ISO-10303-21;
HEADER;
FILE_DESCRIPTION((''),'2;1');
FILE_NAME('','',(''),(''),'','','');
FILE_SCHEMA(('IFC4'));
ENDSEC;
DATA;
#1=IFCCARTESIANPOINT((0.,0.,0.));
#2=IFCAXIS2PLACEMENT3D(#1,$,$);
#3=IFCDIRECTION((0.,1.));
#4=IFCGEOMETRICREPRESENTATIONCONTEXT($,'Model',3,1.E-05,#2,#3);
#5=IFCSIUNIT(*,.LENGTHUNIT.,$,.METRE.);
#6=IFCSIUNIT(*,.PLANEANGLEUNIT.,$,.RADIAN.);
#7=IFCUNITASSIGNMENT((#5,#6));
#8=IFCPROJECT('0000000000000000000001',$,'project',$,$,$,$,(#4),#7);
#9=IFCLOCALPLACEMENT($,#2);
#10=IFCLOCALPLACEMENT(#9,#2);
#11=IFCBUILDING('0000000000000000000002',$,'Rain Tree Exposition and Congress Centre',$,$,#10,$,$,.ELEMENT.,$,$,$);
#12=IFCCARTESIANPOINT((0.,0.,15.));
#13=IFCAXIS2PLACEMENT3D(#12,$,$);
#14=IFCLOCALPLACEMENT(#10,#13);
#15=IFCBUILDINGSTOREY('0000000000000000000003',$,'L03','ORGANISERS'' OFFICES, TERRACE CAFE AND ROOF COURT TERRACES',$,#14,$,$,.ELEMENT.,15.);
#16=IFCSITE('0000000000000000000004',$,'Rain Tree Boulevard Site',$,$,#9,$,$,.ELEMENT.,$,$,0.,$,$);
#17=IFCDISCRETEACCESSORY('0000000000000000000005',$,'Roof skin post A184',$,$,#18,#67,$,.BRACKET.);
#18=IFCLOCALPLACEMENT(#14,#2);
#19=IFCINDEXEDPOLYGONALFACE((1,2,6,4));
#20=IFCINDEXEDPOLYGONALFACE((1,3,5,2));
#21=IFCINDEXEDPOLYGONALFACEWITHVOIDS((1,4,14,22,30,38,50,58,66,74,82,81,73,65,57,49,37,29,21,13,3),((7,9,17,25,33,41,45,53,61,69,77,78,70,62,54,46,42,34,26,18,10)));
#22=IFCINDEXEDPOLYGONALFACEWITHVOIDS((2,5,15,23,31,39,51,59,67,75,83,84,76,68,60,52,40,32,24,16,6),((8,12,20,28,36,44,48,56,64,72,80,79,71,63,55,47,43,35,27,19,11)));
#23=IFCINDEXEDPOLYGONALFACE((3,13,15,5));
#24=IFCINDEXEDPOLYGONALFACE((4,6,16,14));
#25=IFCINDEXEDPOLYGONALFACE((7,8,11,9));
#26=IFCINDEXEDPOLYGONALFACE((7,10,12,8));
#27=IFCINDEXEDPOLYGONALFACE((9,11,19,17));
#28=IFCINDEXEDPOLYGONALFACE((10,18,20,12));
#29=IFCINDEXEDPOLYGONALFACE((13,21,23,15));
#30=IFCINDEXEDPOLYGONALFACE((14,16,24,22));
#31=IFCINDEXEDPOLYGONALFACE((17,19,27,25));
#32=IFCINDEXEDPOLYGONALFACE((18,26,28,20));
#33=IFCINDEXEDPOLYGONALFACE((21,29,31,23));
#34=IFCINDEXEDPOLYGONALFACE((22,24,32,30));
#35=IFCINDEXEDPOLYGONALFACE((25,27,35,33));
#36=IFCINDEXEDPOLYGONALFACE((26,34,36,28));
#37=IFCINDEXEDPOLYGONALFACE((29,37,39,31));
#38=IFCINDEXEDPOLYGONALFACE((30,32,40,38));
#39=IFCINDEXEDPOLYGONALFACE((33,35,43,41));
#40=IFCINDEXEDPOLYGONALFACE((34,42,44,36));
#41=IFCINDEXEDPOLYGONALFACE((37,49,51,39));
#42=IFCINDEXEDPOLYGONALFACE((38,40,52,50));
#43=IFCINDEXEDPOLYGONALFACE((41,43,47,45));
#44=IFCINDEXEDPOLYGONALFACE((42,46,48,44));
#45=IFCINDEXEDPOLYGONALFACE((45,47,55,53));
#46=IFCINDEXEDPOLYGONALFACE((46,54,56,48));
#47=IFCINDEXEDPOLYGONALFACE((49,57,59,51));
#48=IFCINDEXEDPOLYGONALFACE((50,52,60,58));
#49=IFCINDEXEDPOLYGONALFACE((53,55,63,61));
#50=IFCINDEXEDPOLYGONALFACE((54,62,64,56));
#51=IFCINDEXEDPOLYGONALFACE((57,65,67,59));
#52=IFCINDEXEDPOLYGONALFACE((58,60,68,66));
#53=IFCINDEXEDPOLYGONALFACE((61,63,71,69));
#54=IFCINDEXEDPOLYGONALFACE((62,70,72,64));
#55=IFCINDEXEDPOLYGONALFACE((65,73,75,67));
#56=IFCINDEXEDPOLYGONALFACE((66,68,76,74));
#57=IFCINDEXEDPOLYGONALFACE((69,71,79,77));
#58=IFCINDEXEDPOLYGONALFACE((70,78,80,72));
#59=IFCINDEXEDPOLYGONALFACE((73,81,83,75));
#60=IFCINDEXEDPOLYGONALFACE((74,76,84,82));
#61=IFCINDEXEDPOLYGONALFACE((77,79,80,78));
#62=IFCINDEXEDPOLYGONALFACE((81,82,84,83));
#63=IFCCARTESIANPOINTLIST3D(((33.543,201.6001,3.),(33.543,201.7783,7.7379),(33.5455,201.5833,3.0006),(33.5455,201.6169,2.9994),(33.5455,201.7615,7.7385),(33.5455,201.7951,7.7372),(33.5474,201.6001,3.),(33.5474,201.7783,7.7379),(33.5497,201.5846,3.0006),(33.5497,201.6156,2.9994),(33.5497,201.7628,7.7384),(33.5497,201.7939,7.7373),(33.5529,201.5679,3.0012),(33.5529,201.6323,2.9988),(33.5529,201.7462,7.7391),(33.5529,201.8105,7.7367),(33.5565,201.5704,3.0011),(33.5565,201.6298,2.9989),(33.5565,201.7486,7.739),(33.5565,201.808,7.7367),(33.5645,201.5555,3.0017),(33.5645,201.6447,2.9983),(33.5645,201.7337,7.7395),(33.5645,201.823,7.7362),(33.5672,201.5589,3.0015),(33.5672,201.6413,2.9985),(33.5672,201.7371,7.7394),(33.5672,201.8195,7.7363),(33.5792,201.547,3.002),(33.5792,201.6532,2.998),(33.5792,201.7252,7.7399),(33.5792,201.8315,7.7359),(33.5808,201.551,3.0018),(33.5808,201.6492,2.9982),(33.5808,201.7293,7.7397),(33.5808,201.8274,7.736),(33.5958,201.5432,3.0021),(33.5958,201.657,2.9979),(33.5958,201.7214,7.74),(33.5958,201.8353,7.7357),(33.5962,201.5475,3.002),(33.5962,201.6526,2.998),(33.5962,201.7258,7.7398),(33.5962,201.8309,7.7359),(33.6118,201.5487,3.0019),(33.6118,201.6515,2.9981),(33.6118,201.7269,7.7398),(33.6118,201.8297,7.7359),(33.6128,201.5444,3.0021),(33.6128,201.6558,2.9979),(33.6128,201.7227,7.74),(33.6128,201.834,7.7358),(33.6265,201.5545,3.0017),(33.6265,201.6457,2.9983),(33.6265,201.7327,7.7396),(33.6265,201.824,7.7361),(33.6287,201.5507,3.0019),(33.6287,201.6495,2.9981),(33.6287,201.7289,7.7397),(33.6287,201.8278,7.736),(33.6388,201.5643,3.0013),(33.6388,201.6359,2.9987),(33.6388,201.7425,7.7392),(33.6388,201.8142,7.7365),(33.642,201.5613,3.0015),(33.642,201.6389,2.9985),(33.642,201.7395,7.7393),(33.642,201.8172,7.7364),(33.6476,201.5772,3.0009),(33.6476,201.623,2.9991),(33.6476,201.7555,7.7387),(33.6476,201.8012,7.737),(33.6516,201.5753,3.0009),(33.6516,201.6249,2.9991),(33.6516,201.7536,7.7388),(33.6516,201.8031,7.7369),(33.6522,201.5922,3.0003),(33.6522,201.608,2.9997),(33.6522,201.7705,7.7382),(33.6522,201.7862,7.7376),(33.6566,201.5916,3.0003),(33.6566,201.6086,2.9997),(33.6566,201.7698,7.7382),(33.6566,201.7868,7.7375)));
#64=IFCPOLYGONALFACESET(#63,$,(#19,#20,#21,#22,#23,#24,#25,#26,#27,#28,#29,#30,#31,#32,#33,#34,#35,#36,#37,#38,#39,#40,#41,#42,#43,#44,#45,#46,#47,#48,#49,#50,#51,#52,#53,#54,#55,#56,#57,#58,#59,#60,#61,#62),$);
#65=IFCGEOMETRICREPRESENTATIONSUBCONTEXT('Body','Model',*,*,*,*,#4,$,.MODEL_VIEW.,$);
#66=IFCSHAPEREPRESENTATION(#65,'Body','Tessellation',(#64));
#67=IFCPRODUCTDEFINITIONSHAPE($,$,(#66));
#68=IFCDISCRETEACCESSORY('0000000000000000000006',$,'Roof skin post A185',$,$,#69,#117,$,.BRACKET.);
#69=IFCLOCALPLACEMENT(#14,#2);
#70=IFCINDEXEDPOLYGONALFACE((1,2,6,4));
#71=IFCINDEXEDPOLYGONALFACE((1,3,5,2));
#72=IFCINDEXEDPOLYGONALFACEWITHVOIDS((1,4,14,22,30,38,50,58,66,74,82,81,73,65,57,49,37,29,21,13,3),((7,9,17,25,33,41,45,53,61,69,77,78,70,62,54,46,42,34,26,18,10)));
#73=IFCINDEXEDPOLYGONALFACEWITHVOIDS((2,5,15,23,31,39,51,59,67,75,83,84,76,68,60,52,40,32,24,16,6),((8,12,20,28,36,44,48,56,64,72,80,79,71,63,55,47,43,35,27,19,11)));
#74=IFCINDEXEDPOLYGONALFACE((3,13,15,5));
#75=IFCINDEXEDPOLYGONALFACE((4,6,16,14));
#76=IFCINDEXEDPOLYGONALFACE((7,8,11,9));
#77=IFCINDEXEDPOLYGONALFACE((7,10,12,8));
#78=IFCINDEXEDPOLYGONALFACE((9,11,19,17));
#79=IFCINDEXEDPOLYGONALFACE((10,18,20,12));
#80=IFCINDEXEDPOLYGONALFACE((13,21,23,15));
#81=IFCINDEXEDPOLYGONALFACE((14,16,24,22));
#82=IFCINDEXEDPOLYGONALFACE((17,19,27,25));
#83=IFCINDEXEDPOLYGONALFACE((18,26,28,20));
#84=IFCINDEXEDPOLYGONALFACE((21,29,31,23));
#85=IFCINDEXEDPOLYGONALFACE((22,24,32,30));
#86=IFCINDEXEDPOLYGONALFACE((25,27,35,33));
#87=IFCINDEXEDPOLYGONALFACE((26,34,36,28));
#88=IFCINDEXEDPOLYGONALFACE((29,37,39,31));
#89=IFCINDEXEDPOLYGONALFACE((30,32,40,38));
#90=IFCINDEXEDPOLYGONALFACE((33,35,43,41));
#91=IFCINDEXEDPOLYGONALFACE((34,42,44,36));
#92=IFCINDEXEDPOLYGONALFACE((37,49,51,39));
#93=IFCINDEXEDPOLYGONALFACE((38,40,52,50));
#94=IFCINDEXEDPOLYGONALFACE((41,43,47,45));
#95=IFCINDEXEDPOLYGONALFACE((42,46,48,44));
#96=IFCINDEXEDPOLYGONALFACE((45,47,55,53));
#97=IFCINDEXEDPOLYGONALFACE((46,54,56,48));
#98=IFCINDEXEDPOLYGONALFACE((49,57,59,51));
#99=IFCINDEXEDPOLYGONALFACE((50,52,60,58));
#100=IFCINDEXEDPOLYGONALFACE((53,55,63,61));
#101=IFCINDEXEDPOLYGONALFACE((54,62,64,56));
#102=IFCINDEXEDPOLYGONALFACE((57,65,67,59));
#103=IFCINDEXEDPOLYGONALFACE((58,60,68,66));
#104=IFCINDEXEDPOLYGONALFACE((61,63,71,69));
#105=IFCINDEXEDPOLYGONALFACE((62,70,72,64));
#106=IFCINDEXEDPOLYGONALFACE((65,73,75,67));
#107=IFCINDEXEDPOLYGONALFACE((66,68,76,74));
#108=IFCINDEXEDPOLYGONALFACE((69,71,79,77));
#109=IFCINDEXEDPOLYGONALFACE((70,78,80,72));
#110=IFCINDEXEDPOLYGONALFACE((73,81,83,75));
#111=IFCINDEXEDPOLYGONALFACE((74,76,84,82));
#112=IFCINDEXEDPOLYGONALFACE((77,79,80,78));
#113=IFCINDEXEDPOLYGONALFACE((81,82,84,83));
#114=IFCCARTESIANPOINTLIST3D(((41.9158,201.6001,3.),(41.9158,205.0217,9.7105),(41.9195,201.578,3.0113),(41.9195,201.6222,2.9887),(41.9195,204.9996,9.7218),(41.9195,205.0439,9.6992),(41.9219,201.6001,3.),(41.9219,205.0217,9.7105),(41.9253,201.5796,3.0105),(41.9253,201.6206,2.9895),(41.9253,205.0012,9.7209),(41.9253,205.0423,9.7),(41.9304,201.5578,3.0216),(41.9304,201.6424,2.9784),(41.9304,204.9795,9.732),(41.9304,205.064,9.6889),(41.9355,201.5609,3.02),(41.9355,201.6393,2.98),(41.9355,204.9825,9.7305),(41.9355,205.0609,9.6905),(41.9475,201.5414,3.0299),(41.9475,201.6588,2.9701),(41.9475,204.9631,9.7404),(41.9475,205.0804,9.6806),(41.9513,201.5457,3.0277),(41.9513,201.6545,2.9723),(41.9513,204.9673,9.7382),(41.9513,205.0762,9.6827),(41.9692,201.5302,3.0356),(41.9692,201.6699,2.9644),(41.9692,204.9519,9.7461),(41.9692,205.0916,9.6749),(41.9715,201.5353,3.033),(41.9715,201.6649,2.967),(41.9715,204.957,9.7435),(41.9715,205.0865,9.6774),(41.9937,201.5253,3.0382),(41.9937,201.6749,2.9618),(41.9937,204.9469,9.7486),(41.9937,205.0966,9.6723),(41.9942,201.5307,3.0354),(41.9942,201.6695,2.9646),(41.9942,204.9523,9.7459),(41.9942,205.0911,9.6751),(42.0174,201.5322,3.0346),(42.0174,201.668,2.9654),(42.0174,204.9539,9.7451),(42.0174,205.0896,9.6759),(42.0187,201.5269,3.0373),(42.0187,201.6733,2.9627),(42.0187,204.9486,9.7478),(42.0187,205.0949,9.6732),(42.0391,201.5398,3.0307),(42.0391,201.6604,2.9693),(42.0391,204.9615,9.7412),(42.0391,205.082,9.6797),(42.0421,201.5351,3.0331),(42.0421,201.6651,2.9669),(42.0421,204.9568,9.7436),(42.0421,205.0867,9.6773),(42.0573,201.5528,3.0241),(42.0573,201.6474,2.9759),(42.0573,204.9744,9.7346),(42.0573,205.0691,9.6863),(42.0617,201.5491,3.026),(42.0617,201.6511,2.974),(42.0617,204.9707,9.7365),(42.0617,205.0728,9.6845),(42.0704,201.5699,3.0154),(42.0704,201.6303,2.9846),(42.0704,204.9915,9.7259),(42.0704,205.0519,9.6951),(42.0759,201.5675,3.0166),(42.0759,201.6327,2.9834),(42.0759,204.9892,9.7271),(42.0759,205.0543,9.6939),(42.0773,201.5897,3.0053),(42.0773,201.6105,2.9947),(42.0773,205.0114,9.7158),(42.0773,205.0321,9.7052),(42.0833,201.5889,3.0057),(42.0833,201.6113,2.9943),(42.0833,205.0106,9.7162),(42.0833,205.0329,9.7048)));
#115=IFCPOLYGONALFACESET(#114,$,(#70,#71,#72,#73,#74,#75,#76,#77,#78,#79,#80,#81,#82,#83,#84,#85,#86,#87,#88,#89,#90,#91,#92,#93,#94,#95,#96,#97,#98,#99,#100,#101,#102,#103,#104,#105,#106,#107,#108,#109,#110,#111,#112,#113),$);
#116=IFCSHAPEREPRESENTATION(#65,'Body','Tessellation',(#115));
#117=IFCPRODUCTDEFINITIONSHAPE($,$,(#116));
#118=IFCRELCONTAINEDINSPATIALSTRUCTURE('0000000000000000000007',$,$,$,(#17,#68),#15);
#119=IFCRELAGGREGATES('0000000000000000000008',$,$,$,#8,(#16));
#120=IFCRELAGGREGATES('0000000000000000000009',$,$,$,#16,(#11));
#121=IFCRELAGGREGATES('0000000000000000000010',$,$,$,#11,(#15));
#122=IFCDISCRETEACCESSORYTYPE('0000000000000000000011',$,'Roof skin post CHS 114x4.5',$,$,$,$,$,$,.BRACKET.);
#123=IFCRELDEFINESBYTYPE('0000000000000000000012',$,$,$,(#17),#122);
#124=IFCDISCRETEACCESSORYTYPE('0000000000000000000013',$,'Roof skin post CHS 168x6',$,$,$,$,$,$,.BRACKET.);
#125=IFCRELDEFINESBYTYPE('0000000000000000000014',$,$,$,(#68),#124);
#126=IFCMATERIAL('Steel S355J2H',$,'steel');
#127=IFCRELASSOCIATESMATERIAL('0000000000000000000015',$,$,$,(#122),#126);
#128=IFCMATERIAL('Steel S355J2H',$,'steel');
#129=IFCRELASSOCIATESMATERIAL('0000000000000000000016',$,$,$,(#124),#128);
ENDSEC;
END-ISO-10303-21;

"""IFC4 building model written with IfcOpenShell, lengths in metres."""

from ifc_helpers import new_model, si_unit, direction, frame, origin, origin_2d, place, context, subcontext, project, spatial, hollow_circle, extrude, material, material_profile, profile_set, type_object, element, save


model = new_model("IFC4")

# Units and contexts
model_context = context("Model", 3, precision=1e-05, world=origin(), true_north=direction((0.0, 1.0)))
body_context = subcontext(model_context, "Body", "Model", "MODEL_VIEW")
ifc_project = project(units=[si_unit("LENGTHUNIT", "METRE"), si_unit("PLANEANGLEUNIT", "RADIAN")], contexts=[model_context])

# Site, building, storey
site_placement = place(None, origin())
site = spatial("IfcSite", under=ifc_project, at=site_placement, Name="Rain Tree Boulevard Site", CompositionType="ELEMENT", RefElevation=0.0)
building_placement = place(site_placement, origin())
building = spatial("IfcBuilding", under=site, at=building_placement, Name="Rain Tree Exposition and Congress Centre", CompositionType="ELEMENT")
storey_placement = place(building_placement, frame((0.0, 0.0, 15.0)))
storey = spatial("IfcBuildingStorey", under=building, at=storey_placement, Name="L03", Description="ORGANISERS' OFFICES, TERRACE CAFE AND ROOF COURT TERRACES", CompositionType="ELEMENT", Elevation=15.0)

# Discrete accessories
ifc_material_1 = material(Name="Steel S355J2H", Category="steel")
ifc_material_profile_1 = material_profile(ifc_material_1, hollow_circle(Radius=0.0571, WallThickness=0.0044, at=origin_2d()), Name="CHS 114x4.5")
ifc_profile_set_1 = profile_set([ifc_material_profile_1], Name="Steel S355J2H")
discrete_accessory_type_1 = type_object("IfcDiscreteAccessoryType", Name="Roof skin post CHS 114x4.5", PredefinedType="BRACKET", material=ifc_profile_set_1)
discrete_accessory_1_placement = place(storey_placement, frame((33.6001, 201.6001, 3.0), z_axis=(0.0, 0.037591, 0.999293), x_axis=(-1.0, 0.0, 0.0)))
element("IfcDiscreteAccessory", 1, at=discrete_accessory_1_placement, inside=storey, type_object=discrete_accessory_type_1, Name="Roof skin post A184", PredefinedType="BRACKET", context=body_context, shape_type="SweptSolid", body=[
    extrude(hollow_circle(Radius=0.0571, WallThickness=0.0044, at=origin_2d()), origin(), (0.0, 0.0, 1.0), 4.7412),
])
ifc_material_2 = material(Name="Steel S355J2H", Category="steel")
ifc_material_profile_2 = material_profile(ifc_material_2, hollow_circle(Radius=0.0842, WallThickness=0.0061, at=origin_2d()), Name="CHS 168x6")
ifc_profile_set_2 = profile_set([ifc_material_profile_2], Name="Steel S355J2H")
discrete_accessory_type_2 = type_object("IfcDiscreteAccessoryType", Name="Roof skin post CHS 168x6", PredefinedType="BRACKET", material=ifc_profile_set_2)
discrete_accessory_2_placement = place(storey_placement, frame((42.0, 201.6001, 3.0), z_axis=(0.0, 0.454253, 0.890873), x_axis=(-1.0, 0.0, 0.0)))
element("IfcDiscreteAccessory", 2, at=discrete_accessory_2_placement, inside=storey, type_object=discrete_accessory_type_2, Name="Roof skin post A185", PredefinedType="BRACKET", context=body_context, shape_type="SweptSolid", body=[
    extrude(hollow_circle(Radius=0.0842, WallThickness=0.0061, at=origin_2d()), origin(), (0.0, 0.0, 1.0), 7.5325),
])

save(model, "model.ifc")
